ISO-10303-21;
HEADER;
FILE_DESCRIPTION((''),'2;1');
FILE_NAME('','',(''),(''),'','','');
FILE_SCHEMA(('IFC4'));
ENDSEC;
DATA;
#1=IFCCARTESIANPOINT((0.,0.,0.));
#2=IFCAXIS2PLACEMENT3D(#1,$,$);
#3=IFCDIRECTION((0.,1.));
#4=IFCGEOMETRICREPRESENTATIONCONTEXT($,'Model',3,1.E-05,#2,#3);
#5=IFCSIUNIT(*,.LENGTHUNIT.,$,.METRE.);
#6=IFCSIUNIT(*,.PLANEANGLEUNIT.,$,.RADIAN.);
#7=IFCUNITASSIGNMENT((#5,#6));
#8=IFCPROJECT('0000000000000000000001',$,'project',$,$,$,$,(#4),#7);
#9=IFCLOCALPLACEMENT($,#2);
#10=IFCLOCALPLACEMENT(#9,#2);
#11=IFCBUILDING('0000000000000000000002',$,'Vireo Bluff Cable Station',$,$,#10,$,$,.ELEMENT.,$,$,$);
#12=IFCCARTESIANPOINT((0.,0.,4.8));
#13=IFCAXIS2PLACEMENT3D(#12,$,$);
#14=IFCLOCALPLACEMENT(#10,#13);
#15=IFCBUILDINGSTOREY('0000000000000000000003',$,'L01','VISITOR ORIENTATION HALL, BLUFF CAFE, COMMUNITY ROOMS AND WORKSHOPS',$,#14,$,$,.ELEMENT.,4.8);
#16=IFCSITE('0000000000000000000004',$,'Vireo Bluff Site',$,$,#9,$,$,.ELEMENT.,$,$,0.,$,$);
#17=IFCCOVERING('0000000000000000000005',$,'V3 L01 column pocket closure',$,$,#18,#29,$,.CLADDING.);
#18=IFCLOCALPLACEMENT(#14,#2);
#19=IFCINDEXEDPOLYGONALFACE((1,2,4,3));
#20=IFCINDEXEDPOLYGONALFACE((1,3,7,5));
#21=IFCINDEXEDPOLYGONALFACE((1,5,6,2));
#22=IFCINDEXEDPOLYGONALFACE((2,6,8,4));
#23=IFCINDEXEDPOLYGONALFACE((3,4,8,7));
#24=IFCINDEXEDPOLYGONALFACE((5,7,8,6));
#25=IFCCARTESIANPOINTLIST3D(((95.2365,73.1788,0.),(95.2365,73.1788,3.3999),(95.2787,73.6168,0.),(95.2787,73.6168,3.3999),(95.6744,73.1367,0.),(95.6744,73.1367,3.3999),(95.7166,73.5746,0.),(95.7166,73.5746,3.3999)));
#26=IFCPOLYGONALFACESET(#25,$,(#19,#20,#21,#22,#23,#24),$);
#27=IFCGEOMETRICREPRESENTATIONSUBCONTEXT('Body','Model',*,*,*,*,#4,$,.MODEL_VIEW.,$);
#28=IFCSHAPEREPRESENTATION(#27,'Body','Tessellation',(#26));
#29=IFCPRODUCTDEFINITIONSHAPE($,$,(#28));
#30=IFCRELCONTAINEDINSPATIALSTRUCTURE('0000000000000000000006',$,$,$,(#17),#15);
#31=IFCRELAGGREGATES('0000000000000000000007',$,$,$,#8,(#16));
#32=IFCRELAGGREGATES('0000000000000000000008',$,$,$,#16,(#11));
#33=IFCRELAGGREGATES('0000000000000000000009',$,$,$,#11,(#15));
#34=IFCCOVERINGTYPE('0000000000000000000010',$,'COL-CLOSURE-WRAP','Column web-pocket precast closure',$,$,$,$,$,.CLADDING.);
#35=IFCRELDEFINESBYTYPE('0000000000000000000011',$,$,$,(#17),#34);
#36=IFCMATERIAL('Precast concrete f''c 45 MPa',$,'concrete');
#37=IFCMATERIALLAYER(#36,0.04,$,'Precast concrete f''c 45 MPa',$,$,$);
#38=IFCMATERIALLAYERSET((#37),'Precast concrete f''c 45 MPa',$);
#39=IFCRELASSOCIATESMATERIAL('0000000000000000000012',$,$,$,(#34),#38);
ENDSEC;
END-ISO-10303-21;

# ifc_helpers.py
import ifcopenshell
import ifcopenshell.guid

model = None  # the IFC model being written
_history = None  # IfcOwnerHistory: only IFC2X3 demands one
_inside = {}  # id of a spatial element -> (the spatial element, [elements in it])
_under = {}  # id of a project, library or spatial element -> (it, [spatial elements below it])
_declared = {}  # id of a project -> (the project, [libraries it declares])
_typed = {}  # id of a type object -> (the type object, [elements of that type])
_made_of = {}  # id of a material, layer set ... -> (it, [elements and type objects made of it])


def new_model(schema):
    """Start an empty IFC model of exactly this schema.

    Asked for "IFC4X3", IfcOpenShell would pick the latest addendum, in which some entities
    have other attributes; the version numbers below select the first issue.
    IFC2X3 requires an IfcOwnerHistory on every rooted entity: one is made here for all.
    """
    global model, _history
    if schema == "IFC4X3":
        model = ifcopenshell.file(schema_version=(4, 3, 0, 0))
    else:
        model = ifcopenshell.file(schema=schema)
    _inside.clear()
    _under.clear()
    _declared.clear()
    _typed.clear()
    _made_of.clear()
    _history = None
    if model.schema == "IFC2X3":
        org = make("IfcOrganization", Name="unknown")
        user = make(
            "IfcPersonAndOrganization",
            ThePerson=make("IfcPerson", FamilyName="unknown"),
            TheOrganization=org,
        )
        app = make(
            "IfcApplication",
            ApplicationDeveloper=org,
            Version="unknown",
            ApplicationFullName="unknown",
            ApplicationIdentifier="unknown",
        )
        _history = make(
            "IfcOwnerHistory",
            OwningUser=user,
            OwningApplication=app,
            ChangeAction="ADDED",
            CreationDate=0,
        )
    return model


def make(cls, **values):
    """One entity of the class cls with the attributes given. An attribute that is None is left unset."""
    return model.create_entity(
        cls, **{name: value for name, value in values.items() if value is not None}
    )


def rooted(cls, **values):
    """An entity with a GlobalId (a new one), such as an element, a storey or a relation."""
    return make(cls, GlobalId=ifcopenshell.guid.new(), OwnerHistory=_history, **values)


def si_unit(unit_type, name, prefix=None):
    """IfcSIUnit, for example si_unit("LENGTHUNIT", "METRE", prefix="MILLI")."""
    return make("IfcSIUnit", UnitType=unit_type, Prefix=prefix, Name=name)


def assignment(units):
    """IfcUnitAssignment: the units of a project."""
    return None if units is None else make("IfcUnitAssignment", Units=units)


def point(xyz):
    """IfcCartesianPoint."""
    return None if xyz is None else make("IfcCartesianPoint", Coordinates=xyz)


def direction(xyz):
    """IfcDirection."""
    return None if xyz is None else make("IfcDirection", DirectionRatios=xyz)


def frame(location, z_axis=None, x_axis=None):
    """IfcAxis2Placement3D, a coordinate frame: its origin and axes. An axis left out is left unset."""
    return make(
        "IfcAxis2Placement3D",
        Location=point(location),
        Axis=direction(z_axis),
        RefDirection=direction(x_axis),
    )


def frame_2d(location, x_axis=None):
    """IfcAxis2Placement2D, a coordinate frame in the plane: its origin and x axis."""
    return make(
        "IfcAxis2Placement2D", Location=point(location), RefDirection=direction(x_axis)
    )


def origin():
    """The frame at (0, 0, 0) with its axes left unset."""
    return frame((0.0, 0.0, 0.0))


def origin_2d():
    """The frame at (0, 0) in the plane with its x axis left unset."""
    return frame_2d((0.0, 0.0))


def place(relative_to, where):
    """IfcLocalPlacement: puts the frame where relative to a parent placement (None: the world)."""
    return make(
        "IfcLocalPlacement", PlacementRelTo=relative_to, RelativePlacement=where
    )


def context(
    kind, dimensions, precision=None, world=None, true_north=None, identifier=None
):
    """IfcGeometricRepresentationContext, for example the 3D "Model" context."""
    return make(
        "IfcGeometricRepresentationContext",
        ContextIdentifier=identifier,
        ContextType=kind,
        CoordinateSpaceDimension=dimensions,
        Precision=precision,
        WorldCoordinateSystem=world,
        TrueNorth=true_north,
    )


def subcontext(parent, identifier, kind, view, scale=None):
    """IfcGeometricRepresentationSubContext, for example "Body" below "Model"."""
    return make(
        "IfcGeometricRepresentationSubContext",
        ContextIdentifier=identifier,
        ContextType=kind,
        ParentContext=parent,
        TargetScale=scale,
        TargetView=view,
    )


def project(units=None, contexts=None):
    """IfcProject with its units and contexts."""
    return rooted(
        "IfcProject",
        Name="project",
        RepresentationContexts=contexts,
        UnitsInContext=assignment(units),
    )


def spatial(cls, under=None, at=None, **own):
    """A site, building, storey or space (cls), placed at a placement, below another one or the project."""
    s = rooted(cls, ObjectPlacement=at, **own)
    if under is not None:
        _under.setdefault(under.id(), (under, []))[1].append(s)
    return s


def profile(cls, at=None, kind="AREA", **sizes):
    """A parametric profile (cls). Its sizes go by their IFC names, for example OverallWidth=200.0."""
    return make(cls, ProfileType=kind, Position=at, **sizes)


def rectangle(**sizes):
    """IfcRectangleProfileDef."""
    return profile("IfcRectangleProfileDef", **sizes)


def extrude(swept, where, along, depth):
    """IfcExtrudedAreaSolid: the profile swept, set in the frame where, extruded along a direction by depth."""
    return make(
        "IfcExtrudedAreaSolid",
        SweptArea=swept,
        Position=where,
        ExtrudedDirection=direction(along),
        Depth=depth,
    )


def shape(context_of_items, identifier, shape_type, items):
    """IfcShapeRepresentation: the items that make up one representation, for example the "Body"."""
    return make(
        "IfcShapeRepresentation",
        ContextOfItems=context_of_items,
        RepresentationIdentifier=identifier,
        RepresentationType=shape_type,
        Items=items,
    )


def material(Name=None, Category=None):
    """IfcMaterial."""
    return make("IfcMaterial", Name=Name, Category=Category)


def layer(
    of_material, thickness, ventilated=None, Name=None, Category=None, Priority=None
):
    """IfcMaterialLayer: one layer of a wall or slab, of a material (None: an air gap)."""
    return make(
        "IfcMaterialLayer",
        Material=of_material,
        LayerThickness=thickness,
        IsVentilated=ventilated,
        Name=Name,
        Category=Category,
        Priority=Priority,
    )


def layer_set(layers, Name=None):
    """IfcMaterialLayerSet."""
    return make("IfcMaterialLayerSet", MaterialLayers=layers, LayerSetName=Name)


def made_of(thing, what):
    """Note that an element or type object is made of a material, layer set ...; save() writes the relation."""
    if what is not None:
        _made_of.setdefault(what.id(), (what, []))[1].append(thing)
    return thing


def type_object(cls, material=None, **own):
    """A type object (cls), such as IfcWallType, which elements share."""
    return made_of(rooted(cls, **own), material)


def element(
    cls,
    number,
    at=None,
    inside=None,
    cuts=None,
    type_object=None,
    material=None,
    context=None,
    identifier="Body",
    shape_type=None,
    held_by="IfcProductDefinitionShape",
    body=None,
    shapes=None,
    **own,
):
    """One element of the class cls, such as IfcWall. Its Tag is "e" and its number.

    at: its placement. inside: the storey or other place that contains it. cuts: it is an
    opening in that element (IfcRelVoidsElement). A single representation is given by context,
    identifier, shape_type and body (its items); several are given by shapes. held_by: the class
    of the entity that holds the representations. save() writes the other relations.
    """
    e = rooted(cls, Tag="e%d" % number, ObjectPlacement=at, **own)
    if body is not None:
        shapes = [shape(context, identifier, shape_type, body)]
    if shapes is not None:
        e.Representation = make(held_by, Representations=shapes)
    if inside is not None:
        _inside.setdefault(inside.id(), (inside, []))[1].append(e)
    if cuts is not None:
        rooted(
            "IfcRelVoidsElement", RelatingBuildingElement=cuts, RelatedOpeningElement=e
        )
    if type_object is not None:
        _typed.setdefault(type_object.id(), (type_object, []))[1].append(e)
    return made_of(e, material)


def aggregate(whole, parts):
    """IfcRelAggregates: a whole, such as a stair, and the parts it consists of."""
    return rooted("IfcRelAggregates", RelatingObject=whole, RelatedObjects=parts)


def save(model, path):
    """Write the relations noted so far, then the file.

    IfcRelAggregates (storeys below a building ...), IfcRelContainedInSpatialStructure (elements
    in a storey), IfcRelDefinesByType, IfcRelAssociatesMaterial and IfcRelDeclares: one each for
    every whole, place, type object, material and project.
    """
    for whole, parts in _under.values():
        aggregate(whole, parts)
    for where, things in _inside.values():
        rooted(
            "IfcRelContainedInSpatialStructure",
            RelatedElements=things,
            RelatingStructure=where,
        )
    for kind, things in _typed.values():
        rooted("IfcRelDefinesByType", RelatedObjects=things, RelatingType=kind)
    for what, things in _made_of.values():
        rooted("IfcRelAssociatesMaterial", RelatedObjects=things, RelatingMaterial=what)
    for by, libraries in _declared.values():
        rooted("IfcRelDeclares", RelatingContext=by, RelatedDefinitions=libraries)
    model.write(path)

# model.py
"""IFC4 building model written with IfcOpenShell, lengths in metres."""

from ifc_helpers import new_model, si_unit, direction, frame, origin, origin_2d, place, context, subcontext, project, spatial, rectangle, extrude, material, layer, layer_set, type_object, element, save


model = new_model("IFC4")

# Units and contexts
model_context = context("Model", 3, precision=1e-05, world=origin(), true_north=direction((0.0, 1.0)))
body_context = subcontext(model_context, "Body", "Model", "MODEL_VIEW")
ifc_project = project(units=[si_unit("LENGTHUNIT", "METRE"), si_unit("PLANEANGLEUNIT", "RADIAN")], contexts=[model_context])

# Site, building, storey
site_placement = place(None, origin())
site = spatial("IfcSite", under=ifc_project, at=site_placement, Name="Vireo Bluff Site", CompositionType="ELEMENT", RefElevation=0.0)
building_placement = place(site_placement, origin())
building = spatial("IfcBuilding", under=site, at=building_placement, Name="Vireo Bluff Cable Station", CompositionType="ELEMENT")
storey_placement = place(building_placement, frame((0.0, 0.0, 4.8)))
storey = spatial("IfcBuildingStorey", under=building, at=storey_placement, Name="L01", Description="VISITOR ORIENTATION HALL, BLUFF CAFE, COMMUNITY ROOMS AND WORKSHOPS", CompositionType="ELEMENT", Elevation=4.8)

# Shared definitions
ifc_material_1 = material(Name="Precast concrete f'c 45 MPa", Category="concrete")

# Covering
ifc_layer_1 = layer(ifc_material_1, 0.04, Name="Precast concrete f'c 45 MPa")
ifc_layer_set_1 = layer_set([ifc_layer_1], Name="Precast concrete f'c 45 MPa")
covering_type = type_object("IfcCoveringType", Name="COL-CLOSURE-WRAP", Description="Column web-pocket precast closure", PredefinedType="CLADDING", material=ifc_layer_set_1)
for number, where, z_axis, x_axis, name in (
    (1, (95.4766, 73.3767, 0.0), (0.0, 0.0, 1.0), (0.995396, -0.095846, 0.0), "V3 L01 column pocket closure"),
):
    element("IfcCovering", number, at=place(storey_placement, frame(where, z_axis=z_axis, x_axis=x_axis)), inside=storey, type_object=covering_type, Name=name, PredefinedType="CLADDING", context=body_context, shape_type="SweptSolid", body=[
        extrude(rectangle(XDim=0.4399, YDim=0.4399, at=origin_2d()), origin(), (0.0, 0.0, 1.0), 3.3999),
    ])

save(model, "model.ifc")
